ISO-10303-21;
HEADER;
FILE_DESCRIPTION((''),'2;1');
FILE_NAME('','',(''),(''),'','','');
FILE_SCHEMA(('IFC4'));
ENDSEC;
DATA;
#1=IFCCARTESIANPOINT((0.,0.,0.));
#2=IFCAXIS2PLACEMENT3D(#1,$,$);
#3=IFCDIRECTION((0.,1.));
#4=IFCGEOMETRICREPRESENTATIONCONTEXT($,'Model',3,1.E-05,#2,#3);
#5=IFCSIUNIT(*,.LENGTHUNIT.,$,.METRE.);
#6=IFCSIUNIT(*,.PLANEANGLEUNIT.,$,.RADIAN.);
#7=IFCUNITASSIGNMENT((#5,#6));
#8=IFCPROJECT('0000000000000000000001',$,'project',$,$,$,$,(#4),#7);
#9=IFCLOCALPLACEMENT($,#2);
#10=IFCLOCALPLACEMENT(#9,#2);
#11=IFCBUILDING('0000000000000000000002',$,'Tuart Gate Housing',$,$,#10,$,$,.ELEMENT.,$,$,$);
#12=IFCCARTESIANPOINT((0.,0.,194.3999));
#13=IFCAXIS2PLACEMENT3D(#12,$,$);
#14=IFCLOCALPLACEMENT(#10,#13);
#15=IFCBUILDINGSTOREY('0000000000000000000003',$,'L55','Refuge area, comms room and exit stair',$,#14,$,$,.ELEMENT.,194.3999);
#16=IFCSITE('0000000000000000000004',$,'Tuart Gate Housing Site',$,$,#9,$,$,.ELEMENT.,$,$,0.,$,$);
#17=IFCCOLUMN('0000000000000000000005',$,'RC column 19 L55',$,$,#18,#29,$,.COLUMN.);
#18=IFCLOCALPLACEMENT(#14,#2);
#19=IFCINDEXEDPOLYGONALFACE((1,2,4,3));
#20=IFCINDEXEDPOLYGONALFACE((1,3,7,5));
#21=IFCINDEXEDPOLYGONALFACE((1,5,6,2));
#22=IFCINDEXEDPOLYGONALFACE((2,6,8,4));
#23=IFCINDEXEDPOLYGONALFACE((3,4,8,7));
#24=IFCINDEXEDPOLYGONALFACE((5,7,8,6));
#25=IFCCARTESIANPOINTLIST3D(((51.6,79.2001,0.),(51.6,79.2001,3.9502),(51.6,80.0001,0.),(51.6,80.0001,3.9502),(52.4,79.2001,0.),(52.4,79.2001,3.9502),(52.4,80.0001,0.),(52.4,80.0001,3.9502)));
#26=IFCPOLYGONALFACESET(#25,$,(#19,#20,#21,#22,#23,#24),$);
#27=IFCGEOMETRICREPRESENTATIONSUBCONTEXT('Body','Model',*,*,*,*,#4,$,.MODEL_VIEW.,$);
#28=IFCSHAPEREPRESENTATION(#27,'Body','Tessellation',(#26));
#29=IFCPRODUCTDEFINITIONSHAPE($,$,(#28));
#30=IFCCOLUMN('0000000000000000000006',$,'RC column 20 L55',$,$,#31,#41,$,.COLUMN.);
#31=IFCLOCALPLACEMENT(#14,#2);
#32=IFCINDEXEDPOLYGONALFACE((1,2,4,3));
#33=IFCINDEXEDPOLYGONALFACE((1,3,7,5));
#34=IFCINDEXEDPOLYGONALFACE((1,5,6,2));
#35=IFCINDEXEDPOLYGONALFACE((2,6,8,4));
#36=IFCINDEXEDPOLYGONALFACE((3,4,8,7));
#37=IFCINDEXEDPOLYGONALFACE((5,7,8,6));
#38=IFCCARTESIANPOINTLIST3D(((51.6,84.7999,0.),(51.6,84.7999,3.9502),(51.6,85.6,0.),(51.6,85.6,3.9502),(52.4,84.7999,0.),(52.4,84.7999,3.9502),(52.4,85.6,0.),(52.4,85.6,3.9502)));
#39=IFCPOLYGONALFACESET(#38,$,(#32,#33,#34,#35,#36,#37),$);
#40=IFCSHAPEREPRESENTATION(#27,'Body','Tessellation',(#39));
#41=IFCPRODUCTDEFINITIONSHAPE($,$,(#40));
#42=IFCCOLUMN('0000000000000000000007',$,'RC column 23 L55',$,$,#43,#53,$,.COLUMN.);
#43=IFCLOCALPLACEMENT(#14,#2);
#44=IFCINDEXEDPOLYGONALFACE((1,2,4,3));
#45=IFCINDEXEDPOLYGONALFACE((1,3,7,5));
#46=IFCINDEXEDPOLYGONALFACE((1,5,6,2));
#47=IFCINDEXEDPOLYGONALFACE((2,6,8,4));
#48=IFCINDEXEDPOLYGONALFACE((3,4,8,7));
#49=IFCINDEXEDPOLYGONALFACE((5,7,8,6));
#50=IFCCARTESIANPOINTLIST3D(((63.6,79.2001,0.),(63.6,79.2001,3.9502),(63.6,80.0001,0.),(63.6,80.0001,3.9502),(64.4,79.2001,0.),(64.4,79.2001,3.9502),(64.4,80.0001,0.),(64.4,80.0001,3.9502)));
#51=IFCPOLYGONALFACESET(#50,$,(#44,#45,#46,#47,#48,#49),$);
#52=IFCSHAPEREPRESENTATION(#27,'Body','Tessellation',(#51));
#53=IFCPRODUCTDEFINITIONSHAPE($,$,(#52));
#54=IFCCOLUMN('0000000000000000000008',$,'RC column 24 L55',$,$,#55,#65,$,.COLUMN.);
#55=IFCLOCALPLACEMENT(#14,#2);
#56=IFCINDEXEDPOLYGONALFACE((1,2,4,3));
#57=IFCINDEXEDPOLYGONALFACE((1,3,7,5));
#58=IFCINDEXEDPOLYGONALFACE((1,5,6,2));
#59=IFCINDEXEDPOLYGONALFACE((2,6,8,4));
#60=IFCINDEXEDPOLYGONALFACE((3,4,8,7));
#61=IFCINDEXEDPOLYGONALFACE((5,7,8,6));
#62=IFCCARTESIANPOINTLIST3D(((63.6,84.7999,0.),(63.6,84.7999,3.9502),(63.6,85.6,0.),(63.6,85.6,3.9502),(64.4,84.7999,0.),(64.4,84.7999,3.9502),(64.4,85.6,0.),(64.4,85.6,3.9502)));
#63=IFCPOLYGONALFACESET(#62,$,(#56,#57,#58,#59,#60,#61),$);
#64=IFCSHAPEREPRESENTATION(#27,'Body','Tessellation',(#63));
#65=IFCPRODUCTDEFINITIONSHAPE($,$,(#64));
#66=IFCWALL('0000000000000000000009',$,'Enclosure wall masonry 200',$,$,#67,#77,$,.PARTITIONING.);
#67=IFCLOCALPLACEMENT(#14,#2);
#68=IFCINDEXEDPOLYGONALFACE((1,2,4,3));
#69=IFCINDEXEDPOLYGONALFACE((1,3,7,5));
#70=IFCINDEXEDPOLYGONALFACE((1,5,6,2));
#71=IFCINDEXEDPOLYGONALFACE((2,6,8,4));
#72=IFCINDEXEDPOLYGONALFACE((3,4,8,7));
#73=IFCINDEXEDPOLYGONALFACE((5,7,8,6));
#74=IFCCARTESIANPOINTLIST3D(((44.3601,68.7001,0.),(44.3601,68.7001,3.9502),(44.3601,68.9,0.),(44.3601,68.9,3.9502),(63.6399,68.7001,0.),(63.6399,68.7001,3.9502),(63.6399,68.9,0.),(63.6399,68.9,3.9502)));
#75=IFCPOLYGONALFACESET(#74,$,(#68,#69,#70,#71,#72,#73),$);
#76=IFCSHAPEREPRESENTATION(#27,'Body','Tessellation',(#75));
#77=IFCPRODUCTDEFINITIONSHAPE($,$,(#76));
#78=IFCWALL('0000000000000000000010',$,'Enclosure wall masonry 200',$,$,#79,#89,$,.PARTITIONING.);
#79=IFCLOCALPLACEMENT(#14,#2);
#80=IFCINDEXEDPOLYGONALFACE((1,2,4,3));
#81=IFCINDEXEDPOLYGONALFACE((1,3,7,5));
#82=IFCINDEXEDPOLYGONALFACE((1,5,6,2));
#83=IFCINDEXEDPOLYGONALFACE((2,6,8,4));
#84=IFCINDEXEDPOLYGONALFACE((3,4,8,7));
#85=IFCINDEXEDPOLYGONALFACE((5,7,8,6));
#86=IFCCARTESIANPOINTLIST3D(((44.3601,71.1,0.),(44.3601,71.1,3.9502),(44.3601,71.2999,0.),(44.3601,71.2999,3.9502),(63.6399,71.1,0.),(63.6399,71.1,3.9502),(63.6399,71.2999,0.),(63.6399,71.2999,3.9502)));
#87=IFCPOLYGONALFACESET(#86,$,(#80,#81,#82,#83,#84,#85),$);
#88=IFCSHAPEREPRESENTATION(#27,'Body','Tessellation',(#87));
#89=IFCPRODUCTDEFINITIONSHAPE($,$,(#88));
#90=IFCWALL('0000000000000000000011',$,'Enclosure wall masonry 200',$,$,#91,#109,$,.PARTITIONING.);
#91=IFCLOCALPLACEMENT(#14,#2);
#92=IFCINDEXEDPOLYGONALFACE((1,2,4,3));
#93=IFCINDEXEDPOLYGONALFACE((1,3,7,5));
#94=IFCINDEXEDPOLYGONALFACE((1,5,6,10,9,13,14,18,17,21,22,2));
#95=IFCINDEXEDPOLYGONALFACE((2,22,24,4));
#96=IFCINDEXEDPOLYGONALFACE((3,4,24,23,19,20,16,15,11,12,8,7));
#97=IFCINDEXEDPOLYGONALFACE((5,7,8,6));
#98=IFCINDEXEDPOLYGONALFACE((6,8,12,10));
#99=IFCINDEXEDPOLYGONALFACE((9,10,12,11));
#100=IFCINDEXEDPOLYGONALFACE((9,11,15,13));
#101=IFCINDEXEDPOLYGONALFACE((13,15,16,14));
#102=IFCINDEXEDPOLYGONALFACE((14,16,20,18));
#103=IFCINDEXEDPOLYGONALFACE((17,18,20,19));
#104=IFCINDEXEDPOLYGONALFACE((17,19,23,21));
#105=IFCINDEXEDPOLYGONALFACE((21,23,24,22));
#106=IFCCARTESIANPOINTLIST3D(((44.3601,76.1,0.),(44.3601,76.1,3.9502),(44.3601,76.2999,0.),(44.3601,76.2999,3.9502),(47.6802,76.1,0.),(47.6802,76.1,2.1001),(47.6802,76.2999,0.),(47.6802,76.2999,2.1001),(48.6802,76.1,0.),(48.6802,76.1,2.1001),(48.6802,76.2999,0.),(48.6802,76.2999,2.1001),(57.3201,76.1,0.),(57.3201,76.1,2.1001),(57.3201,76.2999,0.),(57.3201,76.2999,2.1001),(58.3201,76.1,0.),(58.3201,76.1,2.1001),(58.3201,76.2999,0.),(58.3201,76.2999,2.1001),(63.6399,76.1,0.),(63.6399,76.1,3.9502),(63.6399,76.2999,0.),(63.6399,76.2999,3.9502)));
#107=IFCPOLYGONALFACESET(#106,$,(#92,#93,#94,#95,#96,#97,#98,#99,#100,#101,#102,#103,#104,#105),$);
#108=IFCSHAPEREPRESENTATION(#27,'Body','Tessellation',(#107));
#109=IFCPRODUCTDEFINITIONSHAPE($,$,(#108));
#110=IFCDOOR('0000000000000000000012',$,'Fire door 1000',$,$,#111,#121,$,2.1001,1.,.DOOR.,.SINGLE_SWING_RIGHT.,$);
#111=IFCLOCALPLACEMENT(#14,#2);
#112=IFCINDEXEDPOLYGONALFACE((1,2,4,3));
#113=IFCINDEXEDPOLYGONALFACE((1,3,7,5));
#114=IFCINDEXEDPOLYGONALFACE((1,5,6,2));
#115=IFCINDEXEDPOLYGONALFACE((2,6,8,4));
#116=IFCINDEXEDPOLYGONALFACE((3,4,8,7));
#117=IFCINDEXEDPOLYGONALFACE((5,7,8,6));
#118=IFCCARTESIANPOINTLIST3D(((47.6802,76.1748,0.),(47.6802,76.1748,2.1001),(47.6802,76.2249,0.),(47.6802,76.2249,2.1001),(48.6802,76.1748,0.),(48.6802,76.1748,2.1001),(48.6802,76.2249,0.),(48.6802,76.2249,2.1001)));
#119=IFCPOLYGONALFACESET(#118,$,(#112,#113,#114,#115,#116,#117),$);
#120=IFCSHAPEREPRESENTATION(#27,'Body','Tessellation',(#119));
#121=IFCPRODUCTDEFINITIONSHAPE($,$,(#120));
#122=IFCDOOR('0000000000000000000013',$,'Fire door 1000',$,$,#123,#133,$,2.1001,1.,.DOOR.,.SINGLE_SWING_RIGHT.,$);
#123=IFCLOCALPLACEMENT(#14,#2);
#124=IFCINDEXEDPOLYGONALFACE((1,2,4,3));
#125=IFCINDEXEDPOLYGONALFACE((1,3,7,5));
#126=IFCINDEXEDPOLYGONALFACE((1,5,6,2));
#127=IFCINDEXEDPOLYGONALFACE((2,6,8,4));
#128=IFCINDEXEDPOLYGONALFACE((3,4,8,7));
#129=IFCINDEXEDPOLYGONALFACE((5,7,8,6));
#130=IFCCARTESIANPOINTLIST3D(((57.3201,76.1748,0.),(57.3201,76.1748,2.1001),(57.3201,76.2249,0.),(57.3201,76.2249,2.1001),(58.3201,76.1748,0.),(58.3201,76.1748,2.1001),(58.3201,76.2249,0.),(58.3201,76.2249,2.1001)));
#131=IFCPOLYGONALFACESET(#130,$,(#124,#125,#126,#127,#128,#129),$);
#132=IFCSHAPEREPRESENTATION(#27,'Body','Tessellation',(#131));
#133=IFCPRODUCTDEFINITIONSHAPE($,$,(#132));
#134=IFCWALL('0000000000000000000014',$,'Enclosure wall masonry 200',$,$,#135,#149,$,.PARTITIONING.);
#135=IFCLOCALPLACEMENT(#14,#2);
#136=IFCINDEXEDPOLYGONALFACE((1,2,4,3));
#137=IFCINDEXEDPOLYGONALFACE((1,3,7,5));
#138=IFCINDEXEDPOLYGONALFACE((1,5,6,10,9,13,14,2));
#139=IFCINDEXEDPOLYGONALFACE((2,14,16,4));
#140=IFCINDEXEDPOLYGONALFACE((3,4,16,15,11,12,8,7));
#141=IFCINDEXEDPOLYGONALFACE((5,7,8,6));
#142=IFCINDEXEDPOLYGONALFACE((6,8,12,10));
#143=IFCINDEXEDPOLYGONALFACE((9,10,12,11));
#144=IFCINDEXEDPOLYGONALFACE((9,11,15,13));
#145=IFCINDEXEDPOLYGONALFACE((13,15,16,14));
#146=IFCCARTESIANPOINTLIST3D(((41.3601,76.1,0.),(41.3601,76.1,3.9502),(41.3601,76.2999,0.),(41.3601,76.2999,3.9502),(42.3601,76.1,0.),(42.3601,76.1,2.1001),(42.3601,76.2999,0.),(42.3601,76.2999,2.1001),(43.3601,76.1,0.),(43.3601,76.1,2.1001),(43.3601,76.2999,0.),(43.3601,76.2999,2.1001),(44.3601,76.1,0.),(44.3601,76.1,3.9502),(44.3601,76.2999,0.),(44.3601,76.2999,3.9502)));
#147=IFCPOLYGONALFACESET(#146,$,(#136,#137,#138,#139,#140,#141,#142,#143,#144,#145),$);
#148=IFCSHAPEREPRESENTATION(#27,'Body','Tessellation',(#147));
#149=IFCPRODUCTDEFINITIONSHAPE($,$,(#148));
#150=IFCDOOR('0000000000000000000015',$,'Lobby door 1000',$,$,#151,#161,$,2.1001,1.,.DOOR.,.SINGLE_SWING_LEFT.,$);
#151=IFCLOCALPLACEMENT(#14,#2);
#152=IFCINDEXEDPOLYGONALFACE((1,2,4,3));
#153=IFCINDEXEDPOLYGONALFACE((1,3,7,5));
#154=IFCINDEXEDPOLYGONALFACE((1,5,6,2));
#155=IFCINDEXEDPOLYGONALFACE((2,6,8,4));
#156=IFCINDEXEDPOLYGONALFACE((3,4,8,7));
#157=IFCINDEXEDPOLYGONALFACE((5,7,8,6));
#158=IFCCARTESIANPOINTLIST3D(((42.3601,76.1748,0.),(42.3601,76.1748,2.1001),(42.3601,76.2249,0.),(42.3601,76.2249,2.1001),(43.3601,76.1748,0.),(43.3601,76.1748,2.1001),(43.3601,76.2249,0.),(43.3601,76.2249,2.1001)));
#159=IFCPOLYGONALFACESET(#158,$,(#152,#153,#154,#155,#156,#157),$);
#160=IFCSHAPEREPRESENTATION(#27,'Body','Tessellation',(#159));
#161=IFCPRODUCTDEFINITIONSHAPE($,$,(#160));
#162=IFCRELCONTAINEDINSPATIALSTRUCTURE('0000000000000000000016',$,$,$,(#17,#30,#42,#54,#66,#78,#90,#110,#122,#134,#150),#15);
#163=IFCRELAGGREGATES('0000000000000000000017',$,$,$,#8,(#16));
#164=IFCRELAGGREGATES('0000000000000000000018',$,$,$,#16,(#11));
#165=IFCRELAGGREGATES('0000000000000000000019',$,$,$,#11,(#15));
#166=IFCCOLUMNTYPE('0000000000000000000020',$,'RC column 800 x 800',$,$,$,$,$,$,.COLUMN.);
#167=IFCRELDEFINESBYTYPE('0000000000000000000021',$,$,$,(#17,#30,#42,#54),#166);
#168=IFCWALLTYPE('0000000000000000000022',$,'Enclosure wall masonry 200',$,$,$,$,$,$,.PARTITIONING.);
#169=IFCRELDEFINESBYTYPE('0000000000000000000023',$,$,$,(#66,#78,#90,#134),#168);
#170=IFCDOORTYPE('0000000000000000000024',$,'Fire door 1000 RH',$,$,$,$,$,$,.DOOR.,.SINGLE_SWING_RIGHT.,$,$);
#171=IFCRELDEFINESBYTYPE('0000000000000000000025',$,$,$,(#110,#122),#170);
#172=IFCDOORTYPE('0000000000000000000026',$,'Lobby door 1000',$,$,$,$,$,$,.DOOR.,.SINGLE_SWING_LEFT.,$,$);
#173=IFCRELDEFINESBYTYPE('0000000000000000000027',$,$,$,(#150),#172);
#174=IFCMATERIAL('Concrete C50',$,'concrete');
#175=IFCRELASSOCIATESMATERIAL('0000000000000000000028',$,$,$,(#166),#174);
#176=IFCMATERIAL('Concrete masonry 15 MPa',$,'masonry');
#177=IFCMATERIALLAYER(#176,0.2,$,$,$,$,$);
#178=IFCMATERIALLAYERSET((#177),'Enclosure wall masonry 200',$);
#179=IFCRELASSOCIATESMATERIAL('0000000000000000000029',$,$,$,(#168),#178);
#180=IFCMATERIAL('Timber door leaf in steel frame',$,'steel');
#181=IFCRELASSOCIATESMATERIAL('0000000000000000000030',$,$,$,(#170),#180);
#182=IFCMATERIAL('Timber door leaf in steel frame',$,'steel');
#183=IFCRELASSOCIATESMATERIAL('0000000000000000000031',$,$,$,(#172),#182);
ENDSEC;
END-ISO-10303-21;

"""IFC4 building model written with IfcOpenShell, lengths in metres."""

from ifc_helpers import new_model, si_unit, direction, frame, frame_2d, origin, origin_2d, place, context, subcontext, project, spatial, rectangle, extrude, material, layer, layer_set, material_profile, profile_set, type_object, element, fill, save


model = new_model("IFC4")

# Units and contexts
model_context = context("Model", 3, precision=1e-05, world=origin(), true_north=direction((0.0, 1.0)))
body_context = subcontext(model_context, "Body", "Model", "MODEL_VIEW")
ifc_project = project(units=[si_unit("LENGTHUNIT", "METRE"), si_unit("PLANEANGLEUNIT", "RADIAN")], contexts=[model_context])

# Site, building, storey
site_placement = place(None, origin())
site = spatial("IfcSite", under=ifc_project, at=site_placement, Name="Tuart Gate Housing Site", CompositionType="ELEMENT", RefElevation=0.0)
building_placement = place(site_placement, origin())
building = spatial("IfcBuilding", under=site, at=building_placement, Name="Tuart Gate Housing", CompositionType="ELEMENT")
storey_placement = place(building_placement, frame((0.0, 0.0, 194.3999)))
storey = spatial("IfcBuildingStorey", under=building, at=storey_placement, Name="L55", Description="Refuge area, comms room and exit stair", CompositionType="ELEMENT", Elevation=194.3999)

# Columns
ifc_material_1 = material(Name="Concrete C50", Category="concrete")
ifc_material_profile = material_profile(ifc_material_1, rectangle(XDim=0.8, YDim=0.8, at=origin_2d()), Name="RC column 800 x 800")
ifc_profile_set = profile_set([ifc_material_profile], Name="Concrete C50")
column_type = type_object("IfcColumnType", Name="RC column 800 x 800", PredefinedType="COLUMN", material=ifc_profile_set)
for number, where, z_axis, x_axis, name in (
    (1, (52.0, 79.6001, 0.0), (0.0, 0.0, 1.0), (1.0, 0.0, 0.0), "RC column 19 L55"),
    (2, (52.0, 85.2, 0.0), (0.0, 0.0, 1.0), (1.0, 0.0, 0.0), "RC column 20 L55"),
    (3, (64.0, 79.6001, 0.0), (0.0, 0.0, 1.0), (1.0, 0.0, 0.0), "RC column 23 L55"),
    (4, (64.0, 85.2, 0.0), (0.0, 0.0, 1.0), (1.0, 0.0, 0.0), "RC column 24 L55"),
):
    element("IfcColumn", number, at=place(storey_placement, frame(where, z_axis=z_axis, x_axis=x_axis)), inside=storey, type_object=column_type, Name=name, PredefinedType="COLUMN", context=body_context, shape_type="SweptSolid", body=[
        extrude(rectangle(XDim=0.8, YDim=0.8, at=origin_2d()), origin(), (0.0, 0.0, 1.0), 3.9502),
    ])

# Walls
ifc_material_2 = material(Name="Concrete masonry 15 MPa", Category="masonry")
ifc_layer = layer(ifc_material_2, 0.2)
ifc_layer_set = layer_set([ifc_layer], Name="Enclosure wall masonry 200")
wall_type = type_object("IfcWallType", Name="Enclosure wall masonry 200", PredefinedType="PARTITIONING", material=ifc_layer_set)
for number, where, z_axis, x_axis, name in (
    (5, (44.3601, 68.8, 0.0), (0.0, 0.0, 1.0), (1.0, 0.0, 0.0), "Enclosure wall masonry 200"),
    (6, (44.3601, 71.2, 0.0), (0.0, 0.0, 1.0), (1.0, 0.0, 0.0), "Enclosure wall masonry 200"),
):
    element("IfcWall", number, at=place(storey_placement, frame(where, z_axis=z_axis, x_axis=x_axis)), inside=storey, type_object=wall_type, Name=name, PredefinedType="PARTITIONING", context=body_context, shape_type="SweptSolid", body=[
        extrude(rectangle(XDim=19.2798, YDim=0.2, at=frame_2d((9.6399, 0.0))), origin(), (0.0, 0.0, 1.0), 3.9502),
    ])

# Wall, openings, doors
wall_1_placement = place(storey_placement, frame((44.3601, 76.2, 0.0), z_axis=(0.0, 0.0, 1.0), x_axis=(1.0, 0.0, 0.0)))
wall_1 = element("IfcWall", 7, at=wall_1_placement, inside=storey, type_object=wall_type, Name="Enclosure wall masonry 200", PredefinedType="PARTITIONING", context=body_context, shape_type="SweptSolid", body=[
    extrude(rectangle(XDim=19.2798, YDim=0.2, at=frame_2d((9.6399, 0.0))), origin(), (0.0, 0.0, 1.0), 3.9502),
])
opening_1_placement = place(wall_1_placement, frame((3.3201, 0.0, 0.0)))
opening_1 = element("IfcOpeningElement", 8, at=opening_1_placement, cuts=wall_1, PredefinedType="OPENING", context=body_context, shape_type="SweptSolid", body=[
    extrude(rectangle(XDim=1.0, YDim=2.1001, at=frame_2d((0.5, 1.05))), frame((0.0, 0.1099, 0.0), z_axis=(0.0, -1.0, 0.0), x_axis=(1.0, 0.0, 0.0)), (0.0, 0.0, 1.0), 0.22),
])
opening_2_placement = place(wall_1_placement, frame((12.96, 0.0, 0.0)))
opening_2 = element("IfcOpeningElement", 9, at=opening_2_placement, cuts=wall_1, PredefinedType="OPENING", context=body_context, shape_type="SweptSolid", body=[
    extrude(rectangle(XDim=1.0, YDim=2.1001, at=frame_2d((0.5, 1.05))), frame((0.0, 0.1099, 0.0), z_axis=(0.0, -1.0, 0.0), x_axis=(1.0, 0.0, 0.0)), (0.0, 0.0, 1.0), 0.22),
])
ifc_material_3 = material(Name="Timber door leaf in steel frame", Category="steel")
door_type_1 = type_object("IfcDoorType", Name="Fire door 1000 RH", OperationType="SINGLE_SWING_RIGHT", PredefinedType="DOOR", material=ifc_material_3)
door_1_placement = place(opening_1_placement, frame((1.0, 0.0, 0.0), z_axis=(0.0, 0.0, 1.0), x_axis=(-1.0, 0.0, 0.0)))
door_1 = element("IfcDoor", 10, at=door_1_placement, inside=storey, type_object=door_type_1, Name="Fire door 1000", OperationType="SINGLE_SWING_RIGHT", OverallHeight=2.1001, OverallWidth=1.0, PredefinedType="DOOR", context=body_context, shape_type="SweptSolid", body=[
    extrude(rectangle(XDim=1.0, YDim=2.1001, at=frame_2d((0.5, 1.05))), frame((0.0, 0.0251, 0.0), z_axis=(0.0, -1.0, 0.0), x_axis=(1.0, 0.0, 0.0)), (0.0, 0.0, 1.0), 0.05),
])
fill(opening_1, door_1)
door_2_placement = place(opening_2_placement, frame((1.0, 0.0, 0.0), z_axis=(0.0, 0.0, 1.0), x_axis=(-1.0, 0.0, 0.0)))
door_2 = element("IfcDoor", 11, at=door_2_placement, inside=storey, type_object=door_type_1, Name="Fire door 1000", OperationType="SINGLE_SWING_RIGHT", OverallHeight=2.1001, OverallWidth=1.0, PredefinedType="DOOR", context=body_context, shape_type="SweptSolid", body=[
    extrude(rectangle(XDim=1.0, YDim=2.1001, at=frame_2d((0.5, 1.05))), frame((0.0, 0.0251, 0.0), z_axis=(0.0, -1.0, 0.0), x_axis=(1.0, 0.0, 0.0)), (0.0, 0.0, 1.0), 0.05),
])
fill(opening_2, door_2)

# Wall, opening, door
wall_2_placement = place(storey_placement, frame((41.3601, 76.2, 0.0), z_axis=(0.0, 0.0, 1.0), x_axis=(1.0, 0.0, 0.0)))
wall_2 = element("IfcWall", 12, at=wall_2_placement, inside=storey, type_object=wall_type, Name="Enclosure wall masonry 200", PredefinedType="PARTITIONING", context=body_context, shape_type="SweptSolid", body=[
    extrude(rectangle(XDim=3.0, YDim=0.2, at=frame_2d((1.5, 0.0))), origin(), (0.0, 0.0, 1.0), 3.9502),
])
opening_3_placement = place(wall_2_placement, frame((1.0, 0.0, 0.0)))
opening_3 = element("IfcOpeningElement", 13, at=opening_3_placement, cuts=wall_2, PredefinedType="OPENING", context=body_context, shape_type="SweptSolid", body=[
    extrude(rectangle(XDim=1.0, YDim=2.1001, at=frame_2d((0.5, 1.05))), frame((0.0, 0.1099, 0.0), z_axis=(0.0, -1.0, 0.0), x_axis=(1.0, 0.0, 0.0)), (0.0, 0.0, 1.0), 0.22),
])
ifc_material_4 = material(Name="Timber door leaf in steel frame", Category="steel")
door_type_2 = type_object("IfcDoorType", Name="Lobby door 1000", OperationType="SINGLE_SWING_LEFT", PredefinedType="DOOR", material=ifc_material_4)
door_3_placement = place(opening_3_placement, frame((1.0, 0.0, 0.0), z_axis=(0.0, 0.0, 1.0), x_axis=(-1.0, 0.0, 0.0)))
door_3 = element("IfcDoor", 14, at=door_3_placement, inside=storey, type_object=door_type_2, Name="Lobby door 1000", OperationType="SINGLE_SWING_LEFT", OverallHeight=2.1001, OverallWidth=1.0, PredefinedType="DOOR", context=body_context, shape_type="SweptSolid", body=[
    extrude(rectangle(XDim=1.0, YDim=2.1001, at=frame_2d((0.5, 1.05))), frame((0.0, 0.0251, 0.0), z_axis=(0.0, -1.0, 0.0), x_axis=(1.0, 0.0, 0.0)), (0.0, 0.0, 1.0), 0.05),
])
fill(opening_3, door_3)

save(model, "model.ifc")
